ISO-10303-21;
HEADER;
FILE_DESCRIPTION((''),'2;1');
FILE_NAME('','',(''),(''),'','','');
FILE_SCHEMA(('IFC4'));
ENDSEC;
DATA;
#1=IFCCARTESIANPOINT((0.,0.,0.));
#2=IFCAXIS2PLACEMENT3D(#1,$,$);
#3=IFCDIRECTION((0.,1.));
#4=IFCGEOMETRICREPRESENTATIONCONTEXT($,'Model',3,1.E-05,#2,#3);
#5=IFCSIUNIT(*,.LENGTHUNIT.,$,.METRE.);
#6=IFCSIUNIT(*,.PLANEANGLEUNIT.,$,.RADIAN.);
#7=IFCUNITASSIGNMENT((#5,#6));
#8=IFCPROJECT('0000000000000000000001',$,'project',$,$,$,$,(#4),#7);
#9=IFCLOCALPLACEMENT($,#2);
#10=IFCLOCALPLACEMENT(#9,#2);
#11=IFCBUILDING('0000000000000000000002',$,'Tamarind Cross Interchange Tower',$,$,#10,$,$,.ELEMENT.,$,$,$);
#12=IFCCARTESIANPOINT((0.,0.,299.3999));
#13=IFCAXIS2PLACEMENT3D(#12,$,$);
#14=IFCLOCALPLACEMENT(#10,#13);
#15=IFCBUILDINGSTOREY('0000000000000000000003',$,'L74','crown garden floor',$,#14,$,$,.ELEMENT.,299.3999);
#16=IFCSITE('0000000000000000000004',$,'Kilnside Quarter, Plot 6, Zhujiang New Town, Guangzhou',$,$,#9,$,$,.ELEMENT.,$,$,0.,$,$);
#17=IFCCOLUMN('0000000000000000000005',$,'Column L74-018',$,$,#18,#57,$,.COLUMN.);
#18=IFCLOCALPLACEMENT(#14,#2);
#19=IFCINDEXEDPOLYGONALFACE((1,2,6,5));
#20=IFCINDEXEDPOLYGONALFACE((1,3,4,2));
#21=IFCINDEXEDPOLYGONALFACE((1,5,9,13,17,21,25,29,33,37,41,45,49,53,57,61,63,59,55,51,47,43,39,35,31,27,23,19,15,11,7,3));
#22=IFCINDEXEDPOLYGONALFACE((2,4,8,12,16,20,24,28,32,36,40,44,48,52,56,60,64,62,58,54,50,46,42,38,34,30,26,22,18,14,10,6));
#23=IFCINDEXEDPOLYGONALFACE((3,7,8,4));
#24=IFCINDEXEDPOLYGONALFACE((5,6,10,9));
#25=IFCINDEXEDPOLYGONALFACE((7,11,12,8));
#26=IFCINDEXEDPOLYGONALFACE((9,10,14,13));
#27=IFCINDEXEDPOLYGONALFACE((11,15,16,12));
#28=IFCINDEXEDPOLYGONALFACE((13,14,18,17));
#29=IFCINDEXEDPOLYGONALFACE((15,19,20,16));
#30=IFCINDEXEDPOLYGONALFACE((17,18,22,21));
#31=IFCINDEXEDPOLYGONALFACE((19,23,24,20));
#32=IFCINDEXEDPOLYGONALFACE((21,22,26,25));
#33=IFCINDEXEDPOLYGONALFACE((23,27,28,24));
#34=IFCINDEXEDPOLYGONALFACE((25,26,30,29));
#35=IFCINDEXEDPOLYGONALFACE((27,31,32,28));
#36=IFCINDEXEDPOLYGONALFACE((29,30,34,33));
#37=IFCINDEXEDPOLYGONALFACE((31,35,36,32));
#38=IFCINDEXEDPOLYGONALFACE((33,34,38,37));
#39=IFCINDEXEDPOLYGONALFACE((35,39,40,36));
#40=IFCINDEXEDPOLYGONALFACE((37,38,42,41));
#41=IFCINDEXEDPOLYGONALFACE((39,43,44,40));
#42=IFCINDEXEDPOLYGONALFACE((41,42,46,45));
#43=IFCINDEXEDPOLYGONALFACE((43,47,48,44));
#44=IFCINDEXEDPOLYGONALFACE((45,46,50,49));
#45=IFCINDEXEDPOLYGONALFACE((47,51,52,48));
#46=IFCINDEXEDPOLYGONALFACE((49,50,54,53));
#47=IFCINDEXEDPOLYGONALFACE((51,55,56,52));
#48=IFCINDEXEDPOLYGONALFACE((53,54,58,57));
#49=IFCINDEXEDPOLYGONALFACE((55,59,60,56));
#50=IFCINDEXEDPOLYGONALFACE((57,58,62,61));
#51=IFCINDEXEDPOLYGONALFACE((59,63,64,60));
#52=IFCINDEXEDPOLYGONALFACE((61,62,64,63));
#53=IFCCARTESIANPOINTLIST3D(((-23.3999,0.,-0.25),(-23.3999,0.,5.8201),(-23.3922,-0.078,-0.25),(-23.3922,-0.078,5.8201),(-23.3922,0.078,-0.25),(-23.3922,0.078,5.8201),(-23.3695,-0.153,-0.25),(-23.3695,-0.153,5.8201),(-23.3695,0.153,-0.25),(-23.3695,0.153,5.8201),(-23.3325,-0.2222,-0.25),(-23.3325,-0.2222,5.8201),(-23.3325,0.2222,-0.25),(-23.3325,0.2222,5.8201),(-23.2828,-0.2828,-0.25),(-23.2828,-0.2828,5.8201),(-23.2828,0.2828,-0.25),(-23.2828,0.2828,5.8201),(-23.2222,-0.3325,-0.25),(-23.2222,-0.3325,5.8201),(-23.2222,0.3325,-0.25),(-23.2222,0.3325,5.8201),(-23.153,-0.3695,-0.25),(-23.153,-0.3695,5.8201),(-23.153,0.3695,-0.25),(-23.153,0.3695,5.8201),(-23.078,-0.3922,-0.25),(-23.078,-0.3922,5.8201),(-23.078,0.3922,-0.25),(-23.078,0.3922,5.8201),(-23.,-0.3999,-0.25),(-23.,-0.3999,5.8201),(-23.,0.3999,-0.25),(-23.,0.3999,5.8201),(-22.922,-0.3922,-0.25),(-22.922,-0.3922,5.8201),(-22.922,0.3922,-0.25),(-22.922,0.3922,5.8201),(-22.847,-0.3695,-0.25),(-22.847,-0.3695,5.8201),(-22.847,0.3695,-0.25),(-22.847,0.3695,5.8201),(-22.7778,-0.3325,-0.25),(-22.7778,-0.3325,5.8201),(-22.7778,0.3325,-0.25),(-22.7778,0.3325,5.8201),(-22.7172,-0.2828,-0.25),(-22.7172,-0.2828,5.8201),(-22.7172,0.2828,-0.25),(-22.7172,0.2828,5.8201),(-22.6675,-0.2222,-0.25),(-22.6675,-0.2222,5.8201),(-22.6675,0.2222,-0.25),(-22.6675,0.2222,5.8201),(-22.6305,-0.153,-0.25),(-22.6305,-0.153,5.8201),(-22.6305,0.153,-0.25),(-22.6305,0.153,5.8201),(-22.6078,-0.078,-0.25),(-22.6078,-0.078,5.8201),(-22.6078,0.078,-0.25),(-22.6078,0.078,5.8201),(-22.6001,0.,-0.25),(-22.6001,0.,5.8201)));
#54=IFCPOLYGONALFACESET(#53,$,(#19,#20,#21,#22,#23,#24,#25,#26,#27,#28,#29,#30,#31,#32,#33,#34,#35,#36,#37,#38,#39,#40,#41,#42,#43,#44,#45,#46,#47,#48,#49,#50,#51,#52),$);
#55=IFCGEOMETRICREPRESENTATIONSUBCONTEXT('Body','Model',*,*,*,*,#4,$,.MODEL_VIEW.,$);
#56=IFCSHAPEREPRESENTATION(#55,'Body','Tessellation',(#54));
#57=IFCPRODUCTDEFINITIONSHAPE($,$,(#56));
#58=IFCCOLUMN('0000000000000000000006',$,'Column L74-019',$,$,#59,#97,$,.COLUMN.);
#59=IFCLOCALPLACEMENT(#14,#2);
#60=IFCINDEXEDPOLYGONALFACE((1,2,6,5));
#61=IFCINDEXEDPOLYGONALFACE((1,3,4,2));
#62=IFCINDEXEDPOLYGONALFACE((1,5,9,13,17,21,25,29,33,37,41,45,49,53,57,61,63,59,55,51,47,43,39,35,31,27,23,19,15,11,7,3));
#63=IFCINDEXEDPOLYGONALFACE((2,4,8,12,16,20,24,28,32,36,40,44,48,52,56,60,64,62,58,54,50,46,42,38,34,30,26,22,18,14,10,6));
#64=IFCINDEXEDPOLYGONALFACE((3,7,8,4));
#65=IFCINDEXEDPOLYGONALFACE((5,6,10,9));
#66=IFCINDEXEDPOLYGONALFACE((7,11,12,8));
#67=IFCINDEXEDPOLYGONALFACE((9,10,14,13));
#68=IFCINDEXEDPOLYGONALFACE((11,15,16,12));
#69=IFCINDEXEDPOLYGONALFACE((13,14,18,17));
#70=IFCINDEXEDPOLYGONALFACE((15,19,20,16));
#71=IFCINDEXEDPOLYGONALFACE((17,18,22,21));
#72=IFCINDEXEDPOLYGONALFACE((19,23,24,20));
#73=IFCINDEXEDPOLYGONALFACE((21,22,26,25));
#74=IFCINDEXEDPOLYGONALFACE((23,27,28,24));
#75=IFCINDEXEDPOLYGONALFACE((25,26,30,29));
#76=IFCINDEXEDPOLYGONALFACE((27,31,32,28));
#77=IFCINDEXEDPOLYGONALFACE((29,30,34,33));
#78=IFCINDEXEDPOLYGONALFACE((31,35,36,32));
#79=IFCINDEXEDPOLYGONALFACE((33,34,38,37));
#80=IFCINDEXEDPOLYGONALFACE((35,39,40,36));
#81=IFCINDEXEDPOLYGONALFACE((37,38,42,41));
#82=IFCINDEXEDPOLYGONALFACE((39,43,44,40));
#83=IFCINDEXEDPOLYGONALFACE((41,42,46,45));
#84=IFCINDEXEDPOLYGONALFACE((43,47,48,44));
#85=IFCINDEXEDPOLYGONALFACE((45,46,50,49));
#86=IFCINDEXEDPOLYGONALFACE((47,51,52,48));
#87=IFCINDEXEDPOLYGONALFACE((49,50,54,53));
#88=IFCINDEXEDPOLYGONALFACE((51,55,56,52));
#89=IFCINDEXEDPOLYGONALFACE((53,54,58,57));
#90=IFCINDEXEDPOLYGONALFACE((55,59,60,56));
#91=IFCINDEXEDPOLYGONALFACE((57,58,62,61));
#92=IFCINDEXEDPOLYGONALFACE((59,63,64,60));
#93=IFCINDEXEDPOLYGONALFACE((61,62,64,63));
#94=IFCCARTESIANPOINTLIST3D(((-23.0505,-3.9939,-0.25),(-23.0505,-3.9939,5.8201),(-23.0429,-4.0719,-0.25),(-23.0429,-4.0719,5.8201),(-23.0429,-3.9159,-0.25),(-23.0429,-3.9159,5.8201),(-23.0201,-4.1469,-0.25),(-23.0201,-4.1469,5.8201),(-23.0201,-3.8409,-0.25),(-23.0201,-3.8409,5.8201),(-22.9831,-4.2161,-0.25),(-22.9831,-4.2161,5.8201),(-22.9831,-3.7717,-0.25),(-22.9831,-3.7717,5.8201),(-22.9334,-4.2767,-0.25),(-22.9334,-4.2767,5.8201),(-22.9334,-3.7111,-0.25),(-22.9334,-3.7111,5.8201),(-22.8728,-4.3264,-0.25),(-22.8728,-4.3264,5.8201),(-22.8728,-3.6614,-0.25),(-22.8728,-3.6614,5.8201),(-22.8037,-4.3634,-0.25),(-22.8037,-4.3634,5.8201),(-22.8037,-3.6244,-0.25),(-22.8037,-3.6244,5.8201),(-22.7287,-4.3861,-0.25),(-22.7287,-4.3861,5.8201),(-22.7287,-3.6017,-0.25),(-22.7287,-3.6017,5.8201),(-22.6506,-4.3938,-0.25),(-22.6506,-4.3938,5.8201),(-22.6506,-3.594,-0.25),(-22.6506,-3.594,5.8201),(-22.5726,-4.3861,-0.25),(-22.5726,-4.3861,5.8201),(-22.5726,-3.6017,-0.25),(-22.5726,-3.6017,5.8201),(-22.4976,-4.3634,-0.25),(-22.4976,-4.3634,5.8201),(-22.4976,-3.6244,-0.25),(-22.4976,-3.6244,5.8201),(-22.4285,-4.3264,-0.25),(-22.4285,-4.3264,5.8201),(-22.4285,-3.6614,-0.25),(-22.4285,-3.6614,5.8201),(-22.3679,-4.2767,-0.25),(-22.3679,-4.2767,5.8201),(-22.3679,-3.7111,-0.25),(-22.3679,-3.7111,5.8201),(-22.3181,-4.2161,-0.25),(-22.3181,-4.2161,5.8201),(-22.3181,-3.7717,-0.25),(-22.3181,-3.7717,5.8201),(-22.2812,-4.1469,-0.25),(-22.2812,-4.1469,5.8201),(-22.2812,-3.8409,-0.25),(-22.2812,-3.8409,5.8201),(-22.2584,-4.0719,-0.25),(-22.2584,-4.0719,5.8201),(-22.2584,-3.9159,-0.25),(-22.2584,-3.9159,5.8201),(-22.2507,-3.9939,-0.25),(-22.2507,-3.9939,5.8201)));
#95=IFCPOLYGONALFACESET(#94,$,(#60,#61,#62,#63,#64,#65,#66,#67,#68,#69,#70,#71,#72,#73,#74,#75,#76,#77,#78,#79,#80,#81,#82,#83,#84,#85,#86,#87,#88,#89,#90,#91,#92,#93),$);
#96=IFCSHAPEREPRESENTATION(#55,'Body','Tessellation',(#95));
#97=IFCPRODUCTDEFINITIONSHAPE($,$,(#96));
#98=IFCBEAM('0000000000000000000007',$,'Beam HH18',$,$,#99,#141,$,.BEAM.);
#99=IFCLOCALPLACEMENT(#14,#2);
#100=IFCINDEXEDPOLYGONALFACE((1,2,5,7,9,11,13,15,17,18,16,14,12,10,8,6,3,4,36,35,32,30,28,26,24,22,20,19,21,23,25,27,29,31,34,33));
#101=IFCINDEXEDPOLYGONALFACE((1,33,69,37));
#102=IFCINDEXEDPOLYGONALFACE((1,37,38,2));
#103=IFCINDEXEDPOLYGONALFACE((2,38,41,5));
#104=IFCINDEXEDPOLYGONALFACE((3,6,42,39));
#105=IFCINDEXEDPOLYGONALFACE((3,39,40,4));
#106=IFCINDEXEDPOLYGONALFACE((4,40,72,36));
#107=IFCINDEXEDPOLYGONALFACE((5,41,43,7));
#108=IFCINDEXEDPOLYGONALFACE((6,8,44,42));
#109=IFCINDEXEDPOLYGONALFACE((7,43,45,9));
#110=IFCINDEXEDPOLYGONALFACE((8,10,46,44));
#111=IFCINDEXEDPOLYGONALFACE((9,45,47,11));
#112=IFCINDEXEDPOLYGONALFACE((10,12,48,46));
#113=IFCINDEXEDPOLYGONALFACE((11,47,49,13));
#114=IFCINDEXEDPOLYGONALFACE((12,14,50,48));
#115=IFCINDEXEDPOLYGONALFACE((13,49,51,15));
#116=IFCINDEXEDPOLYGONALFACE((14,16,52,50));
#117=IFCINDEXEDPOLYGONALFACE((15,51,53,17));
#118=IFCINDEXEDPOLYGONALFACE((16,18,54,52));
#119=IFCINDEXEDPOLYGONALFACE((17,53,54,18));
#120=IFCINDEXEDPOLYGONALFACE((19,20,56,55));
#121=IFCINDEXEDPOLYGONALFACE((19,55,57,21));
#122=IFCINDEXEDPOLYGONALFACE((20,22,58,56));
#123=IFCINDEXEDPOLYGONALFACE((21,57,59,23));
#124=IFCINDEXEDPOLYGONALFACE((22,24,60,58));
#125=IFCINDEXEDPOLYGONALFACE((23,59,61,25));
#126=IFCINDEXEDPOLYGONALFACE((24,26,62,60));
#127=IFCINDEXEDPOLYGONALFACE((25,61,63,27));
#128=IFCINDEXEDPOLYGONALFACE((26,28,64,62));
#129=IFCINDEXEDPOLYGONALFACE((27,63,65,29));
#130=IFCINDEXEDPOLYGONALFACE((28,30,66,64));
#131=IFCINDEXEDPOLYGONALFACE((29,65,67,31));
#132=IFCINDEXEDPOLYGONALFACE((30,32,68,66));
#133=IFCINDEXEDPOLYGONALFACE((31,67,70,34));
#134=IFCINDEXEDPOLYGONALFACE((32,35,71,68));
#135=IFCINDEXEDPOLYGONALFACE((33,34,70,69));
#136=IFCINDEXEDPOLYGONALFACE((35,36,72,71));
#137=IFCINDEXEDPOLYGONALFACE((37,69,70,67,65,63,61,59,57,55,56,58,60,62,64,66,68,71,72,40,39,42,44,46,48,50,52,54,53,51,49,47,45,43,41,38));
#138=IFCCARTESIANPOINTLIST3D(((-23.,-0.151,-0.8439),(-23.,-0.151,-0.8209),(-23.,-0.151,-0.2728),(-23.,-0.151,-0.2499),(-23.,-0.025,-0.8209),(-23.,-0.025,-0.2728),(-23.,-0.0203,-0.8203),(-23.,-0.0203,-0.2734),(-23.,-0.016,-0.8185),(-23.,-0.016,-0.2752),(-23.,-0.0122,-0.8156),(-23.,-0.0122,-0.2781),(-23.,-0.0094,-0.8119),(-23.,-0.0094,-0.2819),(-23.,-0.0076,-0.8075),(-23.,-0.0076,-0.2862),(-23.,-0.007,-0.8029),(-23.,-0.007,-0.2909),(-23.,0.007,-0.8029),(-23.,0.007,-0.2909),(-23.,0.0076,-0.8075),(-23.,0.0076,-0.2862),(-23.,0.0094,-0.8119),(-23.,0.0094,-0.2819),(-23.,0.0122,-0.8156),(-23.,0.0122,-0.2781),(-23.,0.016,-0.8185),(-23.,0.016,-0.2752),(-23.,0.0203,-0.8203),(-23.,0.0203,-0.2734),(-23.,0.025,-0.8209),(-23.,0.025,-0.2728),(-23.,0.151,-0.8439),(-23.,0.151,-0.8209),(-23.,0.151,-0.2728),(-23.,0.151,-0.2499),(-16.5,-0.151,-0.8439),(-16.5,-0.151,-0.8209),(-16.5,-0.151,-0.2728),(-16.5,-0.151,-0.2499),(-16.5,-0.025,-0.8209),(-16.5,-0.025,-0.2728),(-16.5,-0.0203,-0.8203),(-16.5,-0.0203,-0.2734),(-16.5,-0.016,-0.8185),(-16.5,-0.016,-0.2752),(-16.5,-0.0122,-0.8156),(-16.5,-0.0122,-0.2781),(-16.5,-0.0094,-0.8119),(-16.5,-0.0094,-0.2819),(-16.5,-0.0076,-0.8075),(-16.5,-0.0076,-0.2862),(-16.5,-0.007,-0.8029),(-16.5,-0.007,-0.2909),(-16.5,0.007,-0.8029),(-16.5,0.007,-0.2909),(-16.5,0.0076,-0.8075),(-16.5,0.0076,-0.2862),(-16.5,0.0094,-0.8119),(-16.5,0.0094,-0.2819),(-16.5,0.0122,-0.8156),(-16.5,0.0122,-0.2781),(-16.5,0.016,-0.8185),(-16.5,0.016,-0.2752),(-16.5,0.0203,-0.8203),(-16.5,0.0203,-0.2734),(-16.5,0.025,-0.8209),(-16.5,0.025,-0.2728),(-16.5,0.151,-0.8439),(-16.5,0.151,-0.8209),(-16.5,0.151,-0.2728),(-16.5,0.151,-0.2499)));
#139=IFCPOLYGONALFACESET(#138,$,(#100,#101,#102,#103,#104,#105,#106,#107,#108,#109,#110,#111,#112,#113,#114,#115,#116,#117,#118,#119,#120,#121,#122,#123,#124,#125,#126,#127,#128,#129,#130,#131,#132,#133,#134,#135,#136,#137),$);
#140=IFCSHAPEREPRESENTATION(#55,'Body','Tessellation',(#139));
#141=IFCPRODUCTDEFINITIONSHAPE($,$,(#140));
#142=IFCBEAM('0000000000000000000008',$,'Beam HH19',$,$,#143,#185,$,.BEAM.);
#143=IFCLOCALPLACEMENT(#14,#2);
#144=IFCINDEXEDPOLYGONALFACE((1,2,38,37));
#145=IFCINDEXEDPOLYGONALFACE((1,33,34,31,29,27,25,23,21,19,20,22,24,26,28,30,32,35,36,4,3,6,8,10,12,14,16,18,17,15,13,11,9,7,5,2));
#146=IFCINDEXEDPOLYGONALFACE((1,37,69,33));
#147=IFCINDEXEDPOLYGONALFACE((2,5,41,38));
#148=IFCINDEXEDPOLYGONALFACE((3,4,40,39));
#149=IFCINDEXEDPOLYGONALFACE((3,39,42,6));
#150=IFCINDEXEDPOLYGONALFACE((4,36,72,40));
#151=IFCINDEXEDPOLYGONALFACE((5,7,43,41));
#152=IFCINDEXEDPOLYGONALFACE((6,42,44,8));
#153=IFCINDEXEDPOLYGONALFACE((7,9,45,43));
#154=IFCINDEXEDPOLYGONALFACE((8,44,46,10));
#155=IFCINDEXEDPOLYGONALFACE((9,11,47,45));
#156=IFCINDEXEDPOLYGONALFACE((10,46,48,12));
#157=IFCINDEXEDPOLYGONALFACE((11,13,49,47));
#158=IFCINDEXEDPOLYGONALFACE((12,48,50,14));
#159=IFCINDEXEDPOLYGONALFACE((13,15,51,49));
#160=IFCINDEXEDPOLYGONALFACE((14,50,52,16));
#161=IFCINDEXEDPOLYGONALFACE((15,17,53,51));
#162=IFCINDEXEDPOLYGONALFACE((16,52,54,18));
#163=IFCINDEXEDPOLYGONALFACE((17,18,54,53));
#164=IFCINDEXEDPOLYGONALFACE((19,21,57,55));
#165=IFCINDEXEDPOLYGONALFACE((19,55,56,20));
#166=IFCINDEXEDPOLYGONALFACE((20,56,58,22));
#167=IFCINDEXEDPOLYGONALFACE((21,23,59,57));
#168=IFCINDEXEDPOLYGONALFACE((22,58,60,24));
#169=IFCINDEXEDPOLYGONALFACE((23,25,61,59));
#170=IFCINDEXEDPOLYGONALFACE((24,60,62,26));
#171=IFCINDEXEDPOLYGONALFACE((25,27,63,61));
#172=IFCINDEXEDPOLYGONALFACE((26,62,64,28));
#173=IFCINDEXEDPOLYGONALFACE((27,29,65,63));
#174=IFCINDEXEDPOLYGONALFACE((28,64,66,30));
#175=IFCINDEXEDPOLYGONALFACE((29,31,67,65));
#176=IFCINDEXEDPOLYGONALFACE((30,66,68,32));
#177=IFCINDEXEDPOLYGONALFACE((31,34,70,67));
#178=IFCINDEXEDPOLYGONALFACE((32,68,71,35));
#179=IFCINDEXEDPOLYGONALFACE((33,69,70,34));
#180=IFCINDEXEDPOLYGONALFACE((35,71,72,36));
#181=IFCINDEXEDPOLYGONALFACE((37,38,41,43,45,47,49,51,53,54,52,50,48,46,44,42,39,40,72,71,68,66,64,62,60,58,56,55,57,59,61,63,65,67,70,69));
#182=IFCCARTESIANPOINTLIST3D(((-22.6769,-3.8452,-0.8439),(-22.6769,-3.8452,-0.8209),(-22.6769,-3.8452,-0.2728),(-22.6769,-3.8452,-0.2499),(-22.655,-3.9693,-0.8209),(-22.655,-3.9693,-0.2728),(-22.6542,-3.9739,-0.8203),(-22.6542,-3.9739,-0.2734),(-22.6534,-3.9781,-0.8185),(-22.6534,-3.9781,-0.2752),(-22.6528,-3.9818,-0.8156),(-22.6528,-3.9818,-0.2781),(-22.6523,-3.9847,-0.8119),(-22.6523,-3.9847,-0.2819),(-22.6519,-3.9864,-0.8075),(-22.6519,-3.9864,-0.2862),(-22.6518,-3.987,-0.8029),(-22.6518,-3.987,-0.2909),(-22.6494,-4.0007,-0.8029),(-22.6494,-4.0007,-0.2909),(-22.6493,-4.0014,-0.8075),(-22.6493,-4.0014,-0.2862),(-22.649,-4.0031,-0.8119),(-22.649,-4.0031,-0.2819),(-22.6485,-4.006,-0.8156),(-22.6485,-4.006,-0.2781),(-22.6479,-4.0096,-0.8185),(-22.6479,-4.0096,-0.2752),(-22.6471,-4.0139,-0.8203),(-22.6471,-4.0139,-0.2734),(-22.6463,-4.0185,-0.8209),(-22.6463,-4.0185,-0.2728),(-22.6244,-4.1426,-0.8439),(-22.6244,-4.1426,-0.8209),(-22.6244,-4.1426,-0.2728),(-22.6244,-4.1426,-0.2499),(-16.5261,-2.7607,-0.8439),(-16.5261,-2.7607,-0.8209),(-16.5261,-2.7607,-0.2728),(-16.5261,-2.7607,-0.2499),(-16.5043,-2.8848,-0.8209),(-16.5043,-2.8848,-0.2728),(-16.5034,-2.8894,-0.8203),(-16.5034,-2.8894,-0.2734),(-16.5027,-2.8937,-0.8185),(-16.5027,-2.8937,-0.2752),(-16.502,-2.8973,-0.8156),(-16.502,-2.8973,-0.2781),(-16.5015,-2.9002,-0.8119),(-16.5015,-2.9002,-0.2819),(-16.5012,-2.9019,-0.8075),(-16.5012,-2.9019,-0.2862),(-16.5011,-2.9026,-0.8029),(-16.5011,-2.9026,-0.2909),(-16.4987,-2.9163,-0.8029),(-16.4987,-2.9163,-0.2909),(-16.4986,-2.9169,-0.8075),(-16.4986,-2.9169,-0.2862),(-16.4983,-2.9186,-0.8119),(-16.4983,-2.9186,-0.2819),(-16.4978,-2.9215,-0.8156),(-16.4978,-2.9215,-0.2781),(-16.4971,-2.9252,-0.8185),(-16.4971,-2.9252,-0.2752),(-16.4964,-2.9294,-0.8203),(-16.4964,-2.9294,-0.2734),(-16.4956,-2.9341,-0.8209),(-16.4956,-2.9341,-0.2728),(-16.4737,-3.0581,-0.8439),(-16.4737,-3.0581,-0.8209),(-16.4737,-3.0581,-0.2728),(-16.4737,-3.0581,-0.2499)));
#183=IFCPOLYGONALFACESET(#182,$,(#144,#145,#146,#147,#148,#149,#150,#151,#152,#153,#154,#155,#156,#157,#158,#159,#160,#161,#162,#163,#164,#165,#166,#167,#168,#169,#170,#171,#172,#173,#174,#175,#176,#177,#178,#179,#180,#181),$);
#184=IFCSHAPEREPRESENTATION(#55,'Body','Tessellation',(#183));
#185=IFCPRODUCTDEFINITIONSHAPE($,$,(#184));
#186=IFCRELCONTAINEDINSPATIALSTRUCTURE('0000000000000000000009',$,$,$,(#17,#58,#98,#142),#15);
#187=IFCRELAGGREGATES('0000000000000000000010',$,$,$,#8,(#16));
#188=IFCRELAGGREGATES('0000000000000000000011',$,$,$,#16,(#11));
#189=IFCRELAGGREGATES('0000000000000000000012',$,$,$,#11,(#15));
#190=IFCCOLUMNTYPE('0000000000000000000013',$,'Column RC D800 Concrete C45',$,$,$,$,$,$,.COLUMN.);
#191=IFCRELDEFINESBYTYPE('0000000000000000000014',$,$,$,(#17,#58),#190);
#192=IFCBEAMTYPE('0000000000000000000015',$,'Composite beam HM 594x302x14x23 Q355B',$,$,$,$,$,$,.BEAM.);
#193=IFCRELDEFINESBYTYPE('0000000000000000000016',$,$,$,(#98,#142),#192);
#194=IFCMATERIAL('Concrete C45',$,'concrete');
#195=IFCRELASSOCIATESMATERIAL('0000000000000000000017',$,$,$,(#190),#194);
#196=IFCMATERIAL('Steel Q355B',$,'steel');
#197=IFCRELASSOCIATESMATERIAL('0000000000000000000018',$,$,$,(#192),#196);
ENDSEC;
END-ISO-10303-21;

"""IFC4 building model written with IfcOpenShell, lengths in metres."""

from ifc_helpers import new_model, si_unit, direction, frame, origin, origin_2d, place, context, subcontext, project, spatial, circle, i_section, extrude, material, material_profile, profile_set, type_object, element, save


model = new_model("IFC4")

# Units and contexts
model_context = context("Model", 3, precision=1e-05, world=origin(), true_north=direction((0.0, 1.0)))
body_context = subcontext(model_context, "Body", "Model", "MODEL_VIEW")
ifc_project = project(units=[si_unit("LENGTHUNIT", "METRE"), si_unit("PLANEANGLEUNIT", "RADIAN")], contexts=[model_context])

# Site, building, storey
site_placement = place(None, origin())
site = spatial("IfcSite", under=ifc_project, at=site_placement, Name="Kilnside Quarter, Plot 6, Zhujiang New Town, Guangzhou", CompositionType="ELEMENT", RefElevation=0.0)
building_placement = place(site_placement, origin())
building = spatial("IfcBuilding", under=site, at=building_placement, Name="Tamarind Cross Interchange Tower", CompositionType="ELEMENT")
storey_placement = place(building_placement, frame((0.0, 0.0, 299.3999)))
storey = spatial("IfcBuildingStorey", under=building, at=storey_placement, Name="L74", Description="crown garden floor", CompositionType="ELEMENT", Elevation=299.3999)

# Columns
ifc_material_1 = material(Name="Concrete C45", Category="concrete")
ifc_material_profile_1 = material_profile(ifc_material_1, circle(Radius=0.3999, at=origin_2d()), Name="RC D800")
ifc_profile_set_1 = profile_set([ifc_material_profile_1], Name="Concrete C45")
column_type = type_object("IfcColumnType", Name="Column RC D800 Concrete C45", PredefinedType="COLUMN", material=ifc_profile_set_1)
for number, where, z_axis, x_axis, name in (
    (1, (-23.0, 0.0, -0.25), (0.0, 0.0, 1.0), (1.0, 0.0, 0.0), "Column L74-018"),
    (2, (-22.6506, -3.9939, -0.25), (0.0, 0.0, 1.0), (1.0, 0.0, 0.0), "Column L74-019"),
):
    element("IfcColumn", number, at=place(storey_placement, frame(where, z_axis=z_axis, x_axis=x_axis)), inside=storey, type_object=column_type, Name=name, PredefinedType="COLUMN", context=body_context, shape_type="SweptSolid", body=[
        extrude(circle(Radius=0.3999, at=origin_2d()), origin(), (0.0, 0.0, 1.0), 6.0701),
    ])

# Beams
ifc_material_2 = material(Name="Steel Q355B", Category="steel")
ifc_material_profile_2 = material_profile(ifc_material_2, i_section(OverallWidth=0.302, OverallDepth=0.594, WebThickness=0.0139, FlangeThickness=0.0229, FilletRadius=0.0181, at=origin_2d()), Name="HM 594x302x14x23")
ifc_profile_set_2 = profile_set([ifc_material_profile_2], Name="Steel Q355B")
beam_type_1 = type_object("IfcBeamType", Name="Composite beam HM 594x302x14x23 Q355B", PredefinedType="BEAM", material=ifc_profile_set_2)
beam_1_placement = place(storey_placement, frame((-23.0, 0.0, -0.5469), z_axis=(1.0, 0.0, 0.0), x_axis=(0.0, 1.0, 0.0)))
element("IfcBeam", 3, at=beam_1_placement, inside=storey, type_object=beam_type_1, Name="Beam HH18", PredefinedType="BEAM", context=body_context, shape_type="SweptSolid", body=[
    extrude(i_section(OverallWidth=0.302, OverallDepth=0.594, WebThickness=0.0139, FlangeThickness=0.0229, FilletRadius=0.0181, at=origin_2d()), origin(), (0.0, 0.0, 1.0), 6.5),
])
beam_2_placement = place(storey_placement, frame((-22.6506, -3.9939, -0.5469), z_axis=(0.984809, 0.17364, 0.0), x_axis=(-0.17364, 0.984809, 0.0)))
element("IfcBeam", 4, at=beam_2_placement, inside=storey, type_object=beam_type_1, Name="Beam HH19", PredefinedType="BEAM", context=body_context, shape_type="SweptSolid", body=[
    extrude(i_section(OverallWidth=0.302, OverallDepth=0.594, WebThickness=0.0139, FlangeThickness=0.0229, FilletRadius=0.0181, at=origin_2d()), origin(), (0.0, 0.0, 1.0), 6.2456),
])

save(model, "model.ifc")
